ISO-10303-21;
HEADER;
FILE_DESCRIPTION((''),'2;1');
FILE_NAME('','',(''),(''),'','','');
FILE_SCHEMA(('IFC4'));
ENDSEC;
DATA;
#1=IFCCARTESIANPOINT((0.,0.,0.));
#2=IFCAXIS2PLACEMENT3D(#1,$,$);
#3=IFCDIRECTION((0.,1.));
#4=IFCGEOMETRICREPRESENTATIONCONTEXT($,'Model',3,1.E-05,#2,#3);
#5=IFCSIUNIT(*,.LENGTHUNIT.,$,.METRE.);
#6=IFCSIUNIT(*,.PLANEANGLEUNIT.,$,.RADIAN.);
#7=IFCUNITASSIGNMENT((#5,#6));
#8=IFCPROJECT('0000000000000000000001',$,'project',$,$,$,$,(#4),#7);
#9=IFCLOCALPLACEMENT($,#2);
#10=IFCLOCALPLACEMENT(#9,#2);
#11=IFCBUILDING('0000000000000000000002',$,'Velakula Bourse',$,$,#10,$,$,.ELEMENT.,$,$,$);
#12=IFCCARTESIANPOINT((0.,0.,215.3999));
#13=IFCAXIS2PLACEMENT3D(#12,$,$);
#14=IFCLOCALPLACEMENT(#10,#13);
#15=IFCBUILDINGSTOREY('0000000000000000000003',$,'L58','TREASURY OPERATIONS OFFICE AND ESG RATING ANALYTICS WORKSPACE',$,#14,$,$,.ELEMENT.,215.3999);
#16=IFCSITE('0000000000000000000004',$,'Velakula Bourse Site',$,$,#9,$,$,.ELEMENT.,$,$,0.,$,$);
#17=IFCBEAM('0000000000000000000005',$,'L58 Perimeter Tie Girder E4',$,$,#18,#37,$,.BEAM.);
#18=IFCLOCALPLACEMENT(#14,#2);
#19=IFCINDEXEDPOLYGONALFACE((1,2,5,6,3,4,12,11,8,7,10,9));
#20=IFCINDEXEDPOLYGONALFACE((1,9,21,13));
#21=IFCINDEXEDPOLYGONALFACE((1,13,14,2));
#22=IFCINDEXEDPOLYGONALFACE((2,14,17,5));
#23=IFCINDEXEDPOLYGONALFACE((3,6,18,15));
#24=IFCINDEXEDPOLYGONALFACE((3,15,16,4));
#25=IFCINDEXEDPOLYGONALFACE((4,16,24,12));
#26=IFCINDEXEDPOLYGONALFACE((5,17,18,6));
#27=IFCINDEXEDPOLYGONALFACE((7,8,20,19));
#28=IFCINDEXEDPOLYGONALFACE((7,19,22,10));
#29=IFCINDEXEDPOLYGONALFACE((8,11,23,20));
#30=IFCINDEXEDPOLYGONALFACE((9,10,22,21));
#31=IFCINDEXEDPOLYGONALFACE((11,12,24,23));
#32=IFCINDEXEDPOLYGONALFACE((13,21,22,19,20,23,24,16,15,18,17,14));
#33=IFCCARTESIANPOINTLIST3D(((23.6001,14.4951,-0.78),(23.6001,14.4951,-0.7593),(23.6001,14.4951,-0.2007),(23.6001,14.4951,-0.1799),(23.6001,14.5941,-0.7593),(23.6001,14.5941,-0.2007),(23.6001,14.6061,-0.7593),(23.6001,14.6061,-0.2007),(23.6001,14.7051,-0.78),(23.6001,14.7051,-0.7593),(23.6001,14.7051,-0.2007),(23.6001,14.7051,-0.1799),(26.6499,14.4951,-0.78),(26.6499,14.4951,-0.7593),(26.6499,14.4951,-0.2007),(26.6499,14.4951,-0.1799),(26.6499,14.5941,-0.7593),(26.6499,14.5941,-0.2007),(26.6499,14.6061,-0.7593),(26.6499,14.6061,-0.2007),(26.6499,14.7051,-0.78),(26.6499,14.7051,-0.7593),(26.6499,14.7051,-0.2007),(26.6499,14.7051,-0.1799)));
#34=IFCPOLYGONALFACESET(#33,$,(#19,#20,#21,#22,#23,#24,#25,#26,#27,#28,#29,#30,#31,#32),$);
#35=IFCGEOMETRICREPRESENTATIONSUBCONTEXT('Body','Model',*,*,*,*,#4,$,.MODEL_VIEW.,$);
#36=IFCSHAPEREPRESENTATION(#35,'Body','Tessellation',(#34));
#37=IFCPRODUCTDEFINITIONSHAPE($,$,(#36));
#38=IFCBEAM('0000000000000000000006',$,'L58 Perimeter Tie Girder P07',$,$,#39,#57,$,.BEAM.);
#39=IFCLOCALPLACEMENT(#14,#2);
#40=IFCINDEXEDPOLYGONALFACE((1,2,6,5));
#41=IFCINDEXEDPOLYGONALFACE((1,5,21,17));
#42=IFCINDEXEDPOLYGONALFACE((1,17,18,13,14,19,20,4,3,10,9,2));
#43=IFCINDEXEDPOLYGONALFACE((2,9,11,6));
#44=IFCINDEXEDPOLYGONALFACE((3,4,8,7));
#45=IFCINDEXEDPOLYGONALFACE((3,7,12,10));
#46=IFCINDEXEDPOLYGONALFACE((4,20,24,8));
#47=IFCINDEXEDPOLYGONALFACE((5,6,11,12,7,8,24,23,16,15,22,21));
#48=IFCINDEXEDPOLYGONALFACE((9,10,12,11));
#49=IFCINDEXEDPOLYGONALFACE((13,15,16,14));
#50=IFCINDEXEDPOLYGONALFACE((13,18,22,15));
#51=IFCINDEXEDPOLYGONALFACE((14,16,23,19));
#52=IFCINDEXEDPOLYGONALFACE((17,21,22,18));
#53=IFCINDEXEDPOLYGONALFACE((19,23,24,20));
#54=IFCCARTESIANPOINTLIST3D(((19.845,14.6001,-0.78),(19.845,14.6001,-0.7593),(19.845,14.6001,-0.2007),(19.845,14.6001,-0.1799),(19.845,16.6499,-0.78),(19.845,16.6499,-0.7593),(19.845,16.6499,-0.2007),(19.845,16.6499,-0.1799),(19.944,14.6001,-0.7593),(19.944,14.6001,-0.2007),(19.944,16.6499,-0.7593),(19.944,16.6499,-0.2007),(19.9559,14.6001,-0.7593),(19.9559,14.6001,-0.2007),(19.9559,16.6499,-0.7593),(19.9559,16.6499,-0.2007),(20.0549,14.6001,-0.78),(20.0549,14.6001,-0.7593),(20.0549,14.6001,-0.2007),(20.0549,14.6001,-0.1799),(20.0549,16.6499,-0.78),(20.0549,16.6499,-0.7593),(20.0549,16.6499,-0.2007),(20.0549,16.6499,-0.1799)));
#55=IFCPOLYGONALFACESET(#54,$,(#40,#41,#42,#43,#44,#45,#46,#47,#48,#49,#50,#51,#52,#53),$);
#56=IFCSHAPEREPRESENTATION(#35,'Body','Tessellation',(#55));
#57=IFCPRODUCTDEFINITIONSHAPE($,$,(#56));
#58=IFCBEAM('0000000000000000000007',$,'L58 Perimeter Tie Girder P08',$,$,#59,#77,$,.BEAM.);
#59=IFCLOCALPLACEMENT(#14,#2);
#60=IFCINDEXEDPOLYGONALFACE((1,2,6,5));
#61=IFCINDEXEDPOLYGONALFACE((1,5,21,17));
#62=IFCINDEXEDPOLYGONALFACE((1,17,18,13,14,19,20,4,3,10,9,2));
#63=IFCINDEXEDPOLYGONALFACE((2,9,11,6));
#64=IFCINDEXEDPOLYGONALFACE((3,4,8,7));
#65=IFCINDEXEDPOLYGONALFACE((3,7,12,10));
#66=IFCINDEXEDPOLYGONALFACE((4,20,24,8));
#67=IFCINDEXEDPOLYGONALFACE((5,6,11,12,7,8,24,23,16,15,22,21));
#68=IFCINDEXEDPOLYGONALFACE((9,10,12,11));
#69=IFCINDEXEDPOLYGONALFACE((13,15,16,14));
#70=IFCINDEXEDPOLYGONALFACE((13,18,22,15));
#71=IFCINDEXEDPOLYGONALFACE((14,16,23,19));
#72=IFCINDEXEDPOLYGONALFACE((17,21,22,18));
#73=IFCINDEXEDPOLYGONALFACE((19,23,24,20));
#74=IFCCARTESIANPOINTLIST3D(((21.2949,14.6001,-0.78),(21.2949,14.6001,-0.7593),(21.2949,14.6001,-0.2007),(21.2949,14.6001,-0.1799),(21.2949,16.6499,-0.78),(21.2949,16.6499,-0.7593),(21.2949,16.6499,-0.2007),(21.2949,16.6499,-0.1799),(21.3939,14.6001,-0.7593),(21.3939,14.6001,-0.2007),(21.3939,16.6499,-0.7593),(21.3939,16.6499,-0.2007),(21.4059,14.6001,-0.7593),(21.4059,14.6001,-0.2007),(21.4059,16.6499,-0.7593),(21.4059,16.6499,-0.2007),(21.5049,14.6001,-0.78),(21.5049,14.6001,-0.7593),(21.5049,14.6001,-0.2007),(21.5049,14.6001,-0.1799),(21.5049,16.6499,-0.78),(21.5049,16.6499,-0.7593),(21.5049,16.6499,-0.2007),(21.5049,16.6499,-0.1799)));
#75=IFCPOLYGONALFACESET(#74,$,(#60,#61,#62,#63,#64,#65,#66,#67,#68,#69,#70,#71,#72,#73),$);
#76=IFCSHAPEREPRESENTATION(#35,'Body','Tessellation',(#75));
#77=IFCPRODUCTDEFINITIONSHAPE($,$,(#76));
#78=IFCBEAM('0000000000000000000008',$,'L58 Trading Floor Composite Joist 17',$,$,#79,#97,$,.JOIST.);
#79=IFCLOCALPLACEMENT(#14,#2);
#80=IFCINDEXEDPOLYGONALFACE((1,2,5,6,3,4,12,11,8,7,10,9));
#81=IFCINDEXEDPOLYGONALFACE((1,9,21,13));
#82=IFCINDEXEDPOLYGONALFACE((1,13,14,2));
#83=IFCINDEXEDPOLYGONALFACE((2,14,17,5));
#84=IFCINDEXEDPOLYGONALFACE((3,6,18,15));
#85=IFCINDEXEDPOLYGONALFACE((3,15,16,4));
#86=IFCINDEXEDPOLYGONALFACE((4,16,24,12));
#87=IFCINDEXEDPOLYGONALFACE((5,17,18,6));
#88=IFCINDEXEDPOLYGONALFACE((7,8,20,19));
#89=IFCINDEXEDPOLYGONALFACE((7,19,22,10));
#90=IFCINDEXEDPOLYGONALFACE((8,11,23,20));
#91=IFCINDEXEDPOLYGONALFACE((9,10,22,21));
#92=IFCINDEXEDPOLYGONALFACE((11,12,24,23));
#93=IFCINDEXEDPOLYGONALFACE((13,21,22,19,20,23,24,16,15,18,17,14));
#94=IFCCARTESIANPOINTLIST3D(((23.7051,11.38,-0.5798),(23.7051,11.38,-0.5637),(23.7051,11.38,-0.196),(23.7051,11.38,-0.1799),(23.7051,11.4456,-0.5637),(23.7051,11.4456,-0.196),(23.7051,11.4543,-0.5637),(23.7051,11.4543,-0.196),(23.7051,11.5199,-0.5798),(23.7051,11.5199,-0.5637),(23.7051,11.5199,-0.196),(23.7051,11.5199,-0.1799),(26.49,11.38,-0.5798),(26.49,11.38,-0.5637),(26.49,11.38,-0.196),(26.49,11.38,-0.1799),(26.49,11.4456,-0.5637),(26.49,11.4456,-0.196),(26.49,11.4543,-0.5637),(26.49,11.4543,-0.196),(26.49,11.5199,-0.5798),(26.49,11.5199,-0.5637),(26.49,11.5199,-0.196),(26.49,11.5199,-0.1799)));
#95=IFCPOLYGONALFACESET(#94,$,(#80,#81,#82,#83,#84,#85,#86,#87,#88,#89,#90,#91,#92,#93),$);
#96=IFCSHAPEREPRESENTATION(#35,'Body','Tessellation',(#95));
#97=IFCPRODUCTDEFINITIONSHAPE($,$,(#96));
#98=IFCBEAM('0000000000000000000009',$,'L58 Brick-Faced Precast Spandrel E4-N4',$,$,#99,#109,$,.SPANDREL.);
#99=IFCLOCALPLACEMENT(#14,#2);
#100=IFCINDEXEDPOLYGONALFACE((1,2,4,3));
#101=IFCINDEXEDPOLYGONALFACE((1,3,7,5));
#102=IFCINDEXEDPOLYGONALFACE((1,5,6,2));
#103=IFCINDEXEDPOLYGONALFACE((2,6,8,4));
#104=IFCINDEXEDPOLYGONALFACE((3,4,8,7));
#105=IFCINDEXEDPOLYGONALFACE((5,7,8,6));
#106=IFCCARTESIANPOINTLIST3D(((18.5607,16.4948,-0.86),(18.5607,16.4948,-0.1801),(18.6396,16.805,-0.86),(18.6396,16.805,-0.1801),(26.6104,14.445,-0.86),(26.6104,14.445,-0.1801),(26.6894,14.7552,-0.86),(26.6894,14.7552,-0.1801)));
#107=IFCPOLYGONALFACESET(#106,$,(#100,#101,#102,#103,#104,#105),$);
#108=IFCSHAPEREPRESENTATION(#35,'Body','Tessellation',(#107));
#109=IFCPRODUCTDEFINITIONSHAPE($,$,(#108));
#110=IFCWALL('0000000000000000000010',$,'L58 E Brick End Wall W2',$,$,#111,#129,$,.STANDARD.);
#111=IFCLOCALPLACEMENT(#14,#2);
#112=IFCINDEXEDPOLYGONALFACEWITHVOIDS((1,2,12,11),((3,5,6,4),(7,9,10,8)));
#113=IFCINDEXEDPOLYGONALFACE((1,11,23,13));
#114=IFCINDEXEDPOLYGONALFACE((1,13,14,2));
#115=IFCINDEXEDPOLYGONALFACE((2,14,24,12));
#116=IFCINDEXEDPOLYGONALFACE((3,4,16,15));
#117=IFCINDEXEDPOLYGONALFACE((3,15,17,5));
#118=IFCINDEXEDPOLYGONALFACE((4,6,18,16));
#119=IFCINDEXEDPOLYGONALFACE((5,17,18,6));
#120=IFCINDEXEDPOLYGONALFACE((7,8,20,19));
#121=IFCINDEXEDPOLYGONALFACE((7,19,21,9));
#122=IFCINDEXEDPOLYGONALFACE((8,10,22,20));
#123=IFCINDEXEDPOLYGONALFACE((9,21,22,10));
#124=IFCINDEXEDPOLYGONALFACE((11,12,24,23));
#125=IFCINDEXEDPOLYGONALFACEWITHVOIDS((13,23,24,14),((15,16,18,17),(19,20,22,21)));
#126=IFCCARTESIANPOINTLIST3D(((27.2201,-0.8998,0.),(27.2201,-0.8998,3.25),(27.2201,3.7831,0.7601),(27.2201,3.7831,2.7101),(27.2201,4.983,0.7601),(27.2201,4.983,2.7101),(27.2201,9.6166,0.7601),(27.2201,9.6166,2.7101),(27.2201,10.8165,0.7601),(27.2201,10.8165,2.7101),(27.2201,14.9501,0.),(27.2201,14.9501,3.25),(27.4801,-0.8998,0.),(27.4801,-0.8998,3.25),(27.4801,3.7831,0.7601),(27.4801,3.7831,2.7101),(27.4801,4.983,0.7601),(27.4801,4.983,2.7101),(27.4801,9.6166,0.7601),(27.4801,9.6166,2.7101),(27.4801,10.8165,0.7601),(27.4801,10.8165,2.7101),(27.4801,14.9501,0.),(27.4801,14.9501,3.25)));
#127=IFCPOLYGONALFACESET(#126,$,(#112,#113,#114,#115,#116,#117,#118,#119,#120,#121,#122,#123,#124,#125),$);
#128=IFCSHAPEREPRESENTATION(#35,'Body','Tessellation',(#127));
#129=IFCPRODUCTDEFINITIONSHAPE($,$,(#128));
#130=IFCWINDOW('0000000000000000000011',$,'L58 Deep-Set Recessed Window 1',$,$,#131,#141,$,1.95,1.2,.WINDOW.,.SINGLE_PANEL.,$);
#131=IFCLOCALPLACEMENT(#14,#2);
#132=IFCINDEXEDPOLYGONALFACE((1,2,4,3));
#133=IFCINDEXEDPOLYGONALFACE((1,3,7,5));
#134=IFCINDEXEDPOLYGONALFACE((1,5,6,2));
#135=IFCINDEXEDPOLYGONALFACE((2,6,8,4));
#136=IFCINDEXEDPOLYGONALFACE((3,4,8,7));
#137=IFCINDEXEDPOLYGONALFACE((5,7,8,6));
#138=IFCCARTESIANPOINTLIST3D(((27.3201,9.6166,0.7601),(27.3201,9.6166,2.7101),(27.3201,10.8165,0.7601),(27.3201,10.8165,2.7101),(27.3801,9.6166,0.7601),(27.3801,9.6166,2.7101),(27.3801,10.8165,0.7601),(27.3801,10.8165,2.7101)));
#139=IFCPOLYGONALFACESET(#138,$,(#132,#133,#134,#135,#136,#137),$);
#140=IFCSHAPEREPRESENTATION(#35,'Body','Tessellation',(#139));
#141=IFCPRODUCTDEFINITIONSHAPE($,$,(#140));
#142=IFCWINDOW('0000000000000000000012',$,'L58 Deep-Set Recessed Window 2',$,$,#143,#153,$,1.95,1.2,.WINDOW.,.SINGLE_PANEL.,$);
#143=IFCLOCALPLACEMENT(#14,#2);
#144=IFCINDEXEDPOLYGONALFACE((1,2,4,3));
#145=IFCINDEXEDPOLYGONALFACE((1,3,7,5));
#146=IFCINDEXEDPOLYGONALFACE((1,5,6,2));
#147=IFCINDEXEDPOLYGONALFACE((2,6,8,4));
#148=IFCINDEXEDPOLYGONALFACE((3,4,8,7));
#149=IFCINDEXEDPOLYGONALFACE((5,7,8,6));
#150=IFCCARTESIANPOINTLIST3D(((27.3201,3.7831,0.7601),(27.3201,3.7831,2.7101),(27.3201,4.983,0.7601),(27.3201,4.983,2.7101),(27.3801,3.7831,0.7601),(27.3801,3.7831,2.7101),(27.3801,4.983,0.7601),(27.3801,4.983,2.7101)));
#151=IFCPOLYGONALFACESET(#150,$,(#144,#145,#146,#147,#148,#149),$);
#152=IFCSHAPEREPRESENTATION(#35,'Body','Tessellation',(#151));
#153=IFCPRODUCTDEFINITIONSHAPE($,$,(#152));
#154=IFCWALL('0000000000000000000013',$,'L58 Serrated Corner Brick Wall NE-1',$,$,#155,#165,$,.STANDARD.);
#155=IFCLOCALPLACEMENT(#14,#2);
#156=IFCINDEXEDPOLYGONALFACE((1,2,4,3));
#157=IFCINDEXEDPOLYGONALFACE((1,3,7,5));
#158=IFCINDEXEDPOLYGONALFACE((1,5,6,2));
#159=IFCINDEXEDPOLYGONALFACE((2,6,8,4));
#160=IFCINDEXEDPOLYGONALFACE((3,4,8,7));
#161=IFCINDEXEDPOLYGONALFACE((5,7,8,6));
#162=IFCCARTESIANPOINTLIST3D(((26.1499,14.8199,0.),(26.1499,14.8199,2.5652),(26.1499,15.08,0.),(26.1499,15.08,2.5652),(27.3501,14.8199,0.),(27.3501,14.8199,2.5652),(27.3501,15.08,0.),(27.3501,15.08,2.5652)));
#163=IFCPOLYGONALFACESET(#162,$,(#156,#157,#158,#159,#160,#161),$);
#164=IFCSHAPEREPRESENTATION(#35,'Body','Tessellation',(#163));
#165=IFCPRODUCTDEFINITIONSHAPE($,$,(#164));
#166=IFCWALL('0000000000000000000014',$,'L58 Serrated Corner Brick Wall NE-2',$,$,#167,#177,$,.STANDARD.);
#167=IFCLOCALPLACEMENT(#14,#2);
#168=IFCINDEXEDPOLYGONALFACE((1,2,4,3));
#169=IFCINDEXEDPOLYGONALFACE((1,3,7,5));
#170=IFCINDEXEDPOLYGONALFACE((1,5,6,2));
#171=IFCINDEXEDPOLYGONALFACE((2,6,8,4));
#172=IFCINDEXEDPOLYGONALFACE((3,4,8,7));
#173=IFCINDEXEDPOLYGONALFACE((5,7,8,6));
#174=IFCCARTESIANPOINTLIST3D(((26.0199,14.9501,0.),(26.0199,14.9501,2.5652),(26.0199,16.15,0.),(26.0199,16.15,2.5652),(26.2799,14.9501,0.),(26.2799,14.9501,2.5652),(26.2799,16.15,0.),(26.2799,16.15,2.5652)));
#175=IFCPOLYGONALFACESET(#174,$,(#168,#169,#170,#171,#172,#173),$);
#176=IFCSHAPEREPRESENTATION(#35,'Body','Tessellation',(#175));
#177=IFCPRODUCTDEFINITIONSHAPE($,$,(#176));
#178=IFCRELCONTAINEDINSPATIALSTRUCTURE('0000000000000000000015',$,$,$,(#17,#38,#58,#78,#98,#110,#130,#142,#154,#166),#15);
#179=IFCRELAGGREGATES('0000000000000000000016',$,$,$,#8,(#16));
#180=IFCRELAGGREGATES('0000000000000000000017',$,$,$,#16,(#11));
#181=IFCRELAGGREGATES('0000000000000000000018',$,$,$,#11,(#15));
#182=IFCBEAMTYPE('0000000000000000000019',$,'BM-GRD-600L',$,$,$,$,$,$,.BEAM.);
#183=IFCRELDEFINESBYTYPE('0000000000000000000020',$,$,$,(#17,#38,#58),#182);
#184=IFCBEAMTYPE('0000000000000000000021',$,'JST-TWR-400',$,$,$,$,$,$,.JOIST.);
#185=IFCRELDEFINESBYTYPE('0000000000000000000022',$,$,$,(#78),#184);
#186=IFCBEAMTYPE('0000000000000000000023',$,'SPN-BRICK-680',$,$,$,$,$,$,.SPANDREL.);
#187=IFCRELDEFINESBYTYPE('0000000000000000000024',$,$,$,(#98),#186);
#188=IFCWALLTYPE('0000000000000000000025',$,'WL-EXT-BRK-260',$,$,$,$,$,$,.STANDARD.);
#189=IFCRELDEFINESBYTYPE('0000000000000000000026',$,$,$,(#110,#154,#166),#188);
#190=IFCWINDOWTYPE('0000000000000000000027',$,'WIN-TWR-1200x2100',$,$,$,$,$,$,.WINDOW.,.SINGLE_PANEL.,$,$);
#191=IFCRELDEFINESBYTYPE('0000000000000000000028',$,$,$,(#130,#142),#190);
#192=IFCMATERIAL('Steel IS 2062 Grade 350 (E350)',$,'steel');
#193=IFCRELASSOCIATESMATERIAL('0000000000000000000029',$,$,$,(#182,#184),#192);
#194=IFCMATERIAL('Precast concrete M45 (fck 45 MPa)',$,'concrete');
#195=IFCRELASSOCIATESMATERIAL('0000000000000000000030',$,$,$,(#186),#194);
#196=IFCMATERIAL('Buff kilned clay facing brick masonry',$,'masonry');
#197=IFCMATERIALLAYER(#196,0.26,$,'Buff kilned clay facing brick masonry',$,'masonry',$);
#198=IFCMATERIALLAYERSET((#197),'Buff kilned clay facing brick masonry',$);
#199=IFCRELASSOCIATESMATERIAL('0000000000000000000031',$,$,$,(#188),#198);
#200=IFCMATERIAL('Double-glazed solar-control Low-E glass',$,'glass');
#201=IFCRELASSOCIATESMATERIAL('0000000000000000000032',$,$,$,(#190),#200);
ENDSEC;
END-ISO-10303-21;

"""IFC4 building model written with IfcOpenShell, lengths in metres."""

from ifc_helpers import new_model, si_unit, direction, frame, frame_2d, origin, origin_2d, place, context, subcontext, project, spatial, rectangle, i_section, extrude, material, layer, layer_set, material_profile, profile_set, type_object, element, fill, save


model = new_model("IFC4")

# Units and contexts
model_context = context("Model", 3, precision=1e-05, world=origin(), true_north=direction((0.0, 1.0)))
body_context = subcontext(model_context, "Body", "Model", "MODEL_VIEW")
ifc_project = project(units=[si_unit("LENGTHUNIT", "METRE"), si_unit("PLANEANGLEUNIT", "RADIAN")], contexts=[model_context])

# Site, building, storey
site_placement = place(None, origin())
site = spatial("IfcSite", under=ifc_project, at=site_placement, Name="Velakula Bourse Site", CompositionType="ELEMENT", RefElevation=0.0)
building_placement = place(site_placement, origin())
building = spatial("IfcBuilding", under=site, at=building_placement, Name="Velakula Bourse", CompositionType="ELEMENT")
storey_placement = place(building_placement, frame((0.0, 0.0, 215.3999)))
storey = spatial("IfcBuildingStorey", under=building, at=storey_placement, Name="L58", Description="TREASURY OPERATIONS OFFICE AND ESG RATING ANALYTICS WORKSPACE", CompositionType="ELEMENT", Elevation=215.3999)

# Shared definitions
ifc_material_1 = material(Name="Steel IS 2062 Grade 350 (E350)", Category="steel")
ifc_material_2 = material(Name="Precast concrete M45 (fck 45 MPa)", Category="concrete")

# Beams
ifc_material_profile_1 = material_profile(ifc_material_1, i_section(OverallWidth=0.21, OverallDepth=0.6001, WebThickness=0.012, FlangeThickness=0.0208, at=origin_2d()), Name="Steel IS 2062 Grade 350 (E350)")
ifc_profile_set_1 = profile_set([ifc_material_profile_1], Name="Steel IS 2062 Grade 350 (E350)")
beam_type_1 = type_object("IfcBeamType", Name="BM-GRD-600L", PredefinedType="BEAM", material=ifc_profile_set_1)
beam_1_placement = place(storey_placement, frame((23.6001, 14.6001, -0.48), z_axis=(1.0, 0.0, 0.0), x_axis=(0.0, 1.0, 0.0)))
element("IfcBeam", 1, at=beam_1_placement, inside=storey, type_object=beam_type_1, Name="L58 Perimeter Tie Girder E4", PredefinedType="BEAM", context=body_context, shape_type="SweptSolid", body=[
    extrude(i_section(OverallWidth=0.21, OverallDepth=0.6001, WebThickness=0.012, FlangeThickness=0.0208, at=origin_2d()), origin(), (0.0, 0.0, 1.0), 3.0498),
])
for number, where, z_axis, x_axis, name in (
    (2, (19.95, 14.6001, -0.48), (0.0, 1.0, 0.0), (-1.0, 0.0, 0.0), "L58 Perimeter Tie Girder P07"),
    (3, (21.3999, 14.6001, -0.48), (0.0, 1.0, 0.0), (-1.0, 0.0, 0.0), "L58 Perimeter Tie Girder P08"),
):
    element("IfcBeam", number, at=place(storey_placement, frame(where, z_axis=z_axis, x_axis=x_axis)), inside=storey, type_object=beam_type_1, Name=name, PredefinedType="BEAM", context=body_context, shape_type="SweptSolid", body=[
        extrude(i_section(OverallWidth=0.21, OverallDepth=0.6001, WebThickness=0.012, FlangeThickness=0.0208, at=origin_2d()), origin(), (0.0, 0.0, 1.0), 2.0498),
    ])
ifc_material_profile_2 = material_profile(ifc_material_1, i_section(OverallWidth=0.1399, OverallDepth=0.3999, WebThickness=0.0088, FlangeThickness=0.0161, at=origin_2d()), Name="Steel IS 2062 Grade 350 (E350)")
ifc_profile_set_2 = profile_set([ifc_material_profile_2], Name="Steel IS 2062 Grade 350 (E350)")
beam_type_2 = type_object("IfcBeamType", Name="JST-TWR-400", PredefinedType="JOIST", material=ifc_profile_set_2)
beam_2_placement = place(storey_placement, frame((23.7051, 11.45, -0.3799), z_axis=(1.0, 0.0, 0.0), x_axis=(0.0, 1.0, 0.0)))
element("IfcBeam", 4, at=beam_2_placement, inside=storey, type_object=beam_type_2, Name="L58 Trading Floor Composite Joist 17", PredefinedType="JOIST", context=body_context, shape_type="SweptSolid", body=[
    extrude(i_section(OverallWidth=0.1399, OverallDepth=0.3999, WebThickness=0.0088, FlangeThickness=0.0161, at=origin_2d()), origin(), (0.0, 0.0, 1.0), 2.7849),
])
ifc_material_profile_3 = material_profile(ifc_material_2, rectangle(XDim=0.3201, YDim=0.6799, at=origin_2d()), Name="Precast concrete M45 (fck 45 MPa)")
ifc_profile_set_3 = profile_set([ifc_material_profile_3], Name="Precast concrete M45 (fck 45 MPa)")
beam_type_3 = type_object("IfcBeamType", Name="SPN-BRICK-680", PredefinedType="SPANDREL", material=ifc_profile_set_3)
beam_3_placement = place(storey_placement, frame((26.6499, 14.6001, -0.52), z_axis=(-0.969075, 0.246766, 0.0), x_axis=(-0.246766, -0.969075, 0.0)))
element("IfcBeam", 5, at=beam_3_placement, inside=storey, type_object=beam_type_3, Name="L58 Brick-Faced Precast Spandrel E4-N4", PredefinedType="SPANDREL", context=body_context, shape_type="SweptSolid", body=[
    extrude(rectangle(XDim=0.3201, YDim=0.6799, at=origin_2d()), origin(), (0.0, 0.0, 1.0), 8.3066),
])

# Wall, openings, windows
ifc_material_3 = material(Name="Buff kilned clay facing brick masonry", Category="masonry")
ifc_layer = layer(ifc_material_3, 0.26, Name="Buff kilned clay facing brick masonry", Category="masonry")
ifc_layer_set = layer_set([ifc_layer], Name="Buff kilned clay facing brick masonry")
wall_type = type_object("IfcWallType", Name="WL-EXT-BRK-260", PredefinedType="STANDARD", material=ifc_layer_set)
wall_1_placement = place(storey_placement, frame((27.3501, 14.95, 0.0), z_axis=(0.0, 0.0, 1.0), x_axis=(0.0, -1.0, 0.0)))
wall_1 = element("IfcWall", 6, at=wall_1_placement, inside=storey, type_object=wall_type, Name="L58 E Brick End Wall W2", PredefinedType="STANDARD", context=body_context, shape_type="SweptSolid", body=[
    extrude(rectangle(XDim=15.8499, YDim=0.26, at=frame_2d((7.9248, 0.0))), origin(), (0.0, 0.0, 1.0), 3.25),
])
opening_1_placement = place(wall_1_placement, frame((4.1333, 0.0, 0.76)))
opening_1 = element("IfcOpeningElement", 7, at=opening_1_placement, cuts=wall_1, PredefinedType="OPENING", context=body_context, shape_type="SweptSolid", body=[
    extrude(rectangle(XDim=1.2, YDim=1.95, at=frame_2d((0.6001, 0.9751))), frame((0.0, 0.1399, 0.0), z_axis=(0.0, -1.0, 0.0), x_axis=(1.0, 0.0, 0.0)), (0.0, 0.0, 1.0), 0.28),
])
opening_2_placement = place(wall_1_placement, frame((9.9668, 0.0, 0.76)))
opening_2 = element("IfcOpeningElement", 8, at=opening_2_placement, cuts=wall_1, PredefinedType="OPENING", context=body_context, shape_type="SweptSolid", body=[
    extrude(rectangle(XDim=1.2, YDim=1.95, at=frame_2d((0.6001, 0.9751))), frame((0.0, 0.1399, 0.0), z_axis=(0.0, -1.0, 0.0), x_axis=(1.0, 0.0, 0.0)), (0.0, 0.0, 1.0), 0.28),
])
ifc_material_4 = material(Name="Double-glazed solar-control Low-E glass", Category="glass")
window_type = type_object("IfcWindowType", Name="WIN-TWR-1200x2100", PartitioningType="SINGLE_PANEL", PredefinedType="WINDOW", material=ifc_material_4)
window_1_placement = place(opening_1_placement, origin())
window_1 = element("IfcWindow", 9, at=window_1_placement, inside=storey, type_object=window_type, Name="L58 Deep-Set Recessed Window 1", OverallHeight=1.95, OverallWidth=1.2, PartitioningType="SINGLE_PANEL", PredefinedType="WINDOW", context=body_context, shape_type="SweptSolid", body=[
    extrude(rectangle(XDim=1.2, YDim=1.95, at=frame_2d((0.6001, 0.9751))), frame((0.0, 0.03, 0.0), z_axis=(0.0, -1.0, 0.0), x_axis=(1.0, 0.0, 0.0)), (0.0, 0.0, 1.0), 0.0601),
])
fill(opening_1, window_1)
window_2_placement = place(opening_2_placement, origin())
window_2 = element("IfcWindow", 10, at=window_2_placement, inside=storey, type_object=window_type, Name="L58 Deep-Set Recessed Window 2", OverallHeight=1.95, OverallWidth=1.2, PartitioningType="SINGLE_PANEL", PredefinedType="WINDOW", context=body_context, shape_type="SweptSolid", body=[
    extrude(rectangle(XDim=1.2, YDim=1.95, at=frame_2d((0.6001, 0.9751))), frame((0.0, 0.03, 0.0), z_axis=(0.0, -1.0, 0.0), x_axis=(1.0, 0.0, 0.0)), (0.0, 0.0, 1.0), 0.0601),
])
fill(opening_2, window_2)

# Walls
wall_2_placement = place(storey_placement, frame((27.3501, 14.95, 0.0), z_axis=(0.0, 0.0, 1.0), x_axis=(-1.0, 0.0, 0.0)))
element("IfcWall", 11, at=wall_2_placement, inside=storey, type_object=wall_type, Name="L58 Serrated Corner Brick Wall NE-1", PredefinedType="STANDARD", context=body_context, shape_type="SweptSolid", body=[
    extrude(rectangle(XDim=1.2002, YDim=0.26, at=frame_2d((0.6001, 0.0))), origin(), (0.0, 0.0, 1.0), 2.5652),
])
for number, where, z_axis, x_axis, name in (
    (12, (26.1499, 14.95, 0.0), (0.0, 0.0, 1.0), (0.0, 1.0, 0.0), "L58 Serrated Corner Brick Wall NE-2"),
):
    element("IfcWall", number, at=place(storey_placement, frame(where, z_axis=z_axis, x_axis=x_axis)), inside=storey, type_object=wall_type, Name=name, PredefinedType="STANDARD", context=body_context, shape_type="SweptSolid", body=[
        extrude(rectangle(XDim=1.2, YDim=0.26, at=frame_2d((0.6001, 0.0))), origin(), (0.0, 0.0, 1.0), 2.5652),
    ])

save(model, "model.ifc")
